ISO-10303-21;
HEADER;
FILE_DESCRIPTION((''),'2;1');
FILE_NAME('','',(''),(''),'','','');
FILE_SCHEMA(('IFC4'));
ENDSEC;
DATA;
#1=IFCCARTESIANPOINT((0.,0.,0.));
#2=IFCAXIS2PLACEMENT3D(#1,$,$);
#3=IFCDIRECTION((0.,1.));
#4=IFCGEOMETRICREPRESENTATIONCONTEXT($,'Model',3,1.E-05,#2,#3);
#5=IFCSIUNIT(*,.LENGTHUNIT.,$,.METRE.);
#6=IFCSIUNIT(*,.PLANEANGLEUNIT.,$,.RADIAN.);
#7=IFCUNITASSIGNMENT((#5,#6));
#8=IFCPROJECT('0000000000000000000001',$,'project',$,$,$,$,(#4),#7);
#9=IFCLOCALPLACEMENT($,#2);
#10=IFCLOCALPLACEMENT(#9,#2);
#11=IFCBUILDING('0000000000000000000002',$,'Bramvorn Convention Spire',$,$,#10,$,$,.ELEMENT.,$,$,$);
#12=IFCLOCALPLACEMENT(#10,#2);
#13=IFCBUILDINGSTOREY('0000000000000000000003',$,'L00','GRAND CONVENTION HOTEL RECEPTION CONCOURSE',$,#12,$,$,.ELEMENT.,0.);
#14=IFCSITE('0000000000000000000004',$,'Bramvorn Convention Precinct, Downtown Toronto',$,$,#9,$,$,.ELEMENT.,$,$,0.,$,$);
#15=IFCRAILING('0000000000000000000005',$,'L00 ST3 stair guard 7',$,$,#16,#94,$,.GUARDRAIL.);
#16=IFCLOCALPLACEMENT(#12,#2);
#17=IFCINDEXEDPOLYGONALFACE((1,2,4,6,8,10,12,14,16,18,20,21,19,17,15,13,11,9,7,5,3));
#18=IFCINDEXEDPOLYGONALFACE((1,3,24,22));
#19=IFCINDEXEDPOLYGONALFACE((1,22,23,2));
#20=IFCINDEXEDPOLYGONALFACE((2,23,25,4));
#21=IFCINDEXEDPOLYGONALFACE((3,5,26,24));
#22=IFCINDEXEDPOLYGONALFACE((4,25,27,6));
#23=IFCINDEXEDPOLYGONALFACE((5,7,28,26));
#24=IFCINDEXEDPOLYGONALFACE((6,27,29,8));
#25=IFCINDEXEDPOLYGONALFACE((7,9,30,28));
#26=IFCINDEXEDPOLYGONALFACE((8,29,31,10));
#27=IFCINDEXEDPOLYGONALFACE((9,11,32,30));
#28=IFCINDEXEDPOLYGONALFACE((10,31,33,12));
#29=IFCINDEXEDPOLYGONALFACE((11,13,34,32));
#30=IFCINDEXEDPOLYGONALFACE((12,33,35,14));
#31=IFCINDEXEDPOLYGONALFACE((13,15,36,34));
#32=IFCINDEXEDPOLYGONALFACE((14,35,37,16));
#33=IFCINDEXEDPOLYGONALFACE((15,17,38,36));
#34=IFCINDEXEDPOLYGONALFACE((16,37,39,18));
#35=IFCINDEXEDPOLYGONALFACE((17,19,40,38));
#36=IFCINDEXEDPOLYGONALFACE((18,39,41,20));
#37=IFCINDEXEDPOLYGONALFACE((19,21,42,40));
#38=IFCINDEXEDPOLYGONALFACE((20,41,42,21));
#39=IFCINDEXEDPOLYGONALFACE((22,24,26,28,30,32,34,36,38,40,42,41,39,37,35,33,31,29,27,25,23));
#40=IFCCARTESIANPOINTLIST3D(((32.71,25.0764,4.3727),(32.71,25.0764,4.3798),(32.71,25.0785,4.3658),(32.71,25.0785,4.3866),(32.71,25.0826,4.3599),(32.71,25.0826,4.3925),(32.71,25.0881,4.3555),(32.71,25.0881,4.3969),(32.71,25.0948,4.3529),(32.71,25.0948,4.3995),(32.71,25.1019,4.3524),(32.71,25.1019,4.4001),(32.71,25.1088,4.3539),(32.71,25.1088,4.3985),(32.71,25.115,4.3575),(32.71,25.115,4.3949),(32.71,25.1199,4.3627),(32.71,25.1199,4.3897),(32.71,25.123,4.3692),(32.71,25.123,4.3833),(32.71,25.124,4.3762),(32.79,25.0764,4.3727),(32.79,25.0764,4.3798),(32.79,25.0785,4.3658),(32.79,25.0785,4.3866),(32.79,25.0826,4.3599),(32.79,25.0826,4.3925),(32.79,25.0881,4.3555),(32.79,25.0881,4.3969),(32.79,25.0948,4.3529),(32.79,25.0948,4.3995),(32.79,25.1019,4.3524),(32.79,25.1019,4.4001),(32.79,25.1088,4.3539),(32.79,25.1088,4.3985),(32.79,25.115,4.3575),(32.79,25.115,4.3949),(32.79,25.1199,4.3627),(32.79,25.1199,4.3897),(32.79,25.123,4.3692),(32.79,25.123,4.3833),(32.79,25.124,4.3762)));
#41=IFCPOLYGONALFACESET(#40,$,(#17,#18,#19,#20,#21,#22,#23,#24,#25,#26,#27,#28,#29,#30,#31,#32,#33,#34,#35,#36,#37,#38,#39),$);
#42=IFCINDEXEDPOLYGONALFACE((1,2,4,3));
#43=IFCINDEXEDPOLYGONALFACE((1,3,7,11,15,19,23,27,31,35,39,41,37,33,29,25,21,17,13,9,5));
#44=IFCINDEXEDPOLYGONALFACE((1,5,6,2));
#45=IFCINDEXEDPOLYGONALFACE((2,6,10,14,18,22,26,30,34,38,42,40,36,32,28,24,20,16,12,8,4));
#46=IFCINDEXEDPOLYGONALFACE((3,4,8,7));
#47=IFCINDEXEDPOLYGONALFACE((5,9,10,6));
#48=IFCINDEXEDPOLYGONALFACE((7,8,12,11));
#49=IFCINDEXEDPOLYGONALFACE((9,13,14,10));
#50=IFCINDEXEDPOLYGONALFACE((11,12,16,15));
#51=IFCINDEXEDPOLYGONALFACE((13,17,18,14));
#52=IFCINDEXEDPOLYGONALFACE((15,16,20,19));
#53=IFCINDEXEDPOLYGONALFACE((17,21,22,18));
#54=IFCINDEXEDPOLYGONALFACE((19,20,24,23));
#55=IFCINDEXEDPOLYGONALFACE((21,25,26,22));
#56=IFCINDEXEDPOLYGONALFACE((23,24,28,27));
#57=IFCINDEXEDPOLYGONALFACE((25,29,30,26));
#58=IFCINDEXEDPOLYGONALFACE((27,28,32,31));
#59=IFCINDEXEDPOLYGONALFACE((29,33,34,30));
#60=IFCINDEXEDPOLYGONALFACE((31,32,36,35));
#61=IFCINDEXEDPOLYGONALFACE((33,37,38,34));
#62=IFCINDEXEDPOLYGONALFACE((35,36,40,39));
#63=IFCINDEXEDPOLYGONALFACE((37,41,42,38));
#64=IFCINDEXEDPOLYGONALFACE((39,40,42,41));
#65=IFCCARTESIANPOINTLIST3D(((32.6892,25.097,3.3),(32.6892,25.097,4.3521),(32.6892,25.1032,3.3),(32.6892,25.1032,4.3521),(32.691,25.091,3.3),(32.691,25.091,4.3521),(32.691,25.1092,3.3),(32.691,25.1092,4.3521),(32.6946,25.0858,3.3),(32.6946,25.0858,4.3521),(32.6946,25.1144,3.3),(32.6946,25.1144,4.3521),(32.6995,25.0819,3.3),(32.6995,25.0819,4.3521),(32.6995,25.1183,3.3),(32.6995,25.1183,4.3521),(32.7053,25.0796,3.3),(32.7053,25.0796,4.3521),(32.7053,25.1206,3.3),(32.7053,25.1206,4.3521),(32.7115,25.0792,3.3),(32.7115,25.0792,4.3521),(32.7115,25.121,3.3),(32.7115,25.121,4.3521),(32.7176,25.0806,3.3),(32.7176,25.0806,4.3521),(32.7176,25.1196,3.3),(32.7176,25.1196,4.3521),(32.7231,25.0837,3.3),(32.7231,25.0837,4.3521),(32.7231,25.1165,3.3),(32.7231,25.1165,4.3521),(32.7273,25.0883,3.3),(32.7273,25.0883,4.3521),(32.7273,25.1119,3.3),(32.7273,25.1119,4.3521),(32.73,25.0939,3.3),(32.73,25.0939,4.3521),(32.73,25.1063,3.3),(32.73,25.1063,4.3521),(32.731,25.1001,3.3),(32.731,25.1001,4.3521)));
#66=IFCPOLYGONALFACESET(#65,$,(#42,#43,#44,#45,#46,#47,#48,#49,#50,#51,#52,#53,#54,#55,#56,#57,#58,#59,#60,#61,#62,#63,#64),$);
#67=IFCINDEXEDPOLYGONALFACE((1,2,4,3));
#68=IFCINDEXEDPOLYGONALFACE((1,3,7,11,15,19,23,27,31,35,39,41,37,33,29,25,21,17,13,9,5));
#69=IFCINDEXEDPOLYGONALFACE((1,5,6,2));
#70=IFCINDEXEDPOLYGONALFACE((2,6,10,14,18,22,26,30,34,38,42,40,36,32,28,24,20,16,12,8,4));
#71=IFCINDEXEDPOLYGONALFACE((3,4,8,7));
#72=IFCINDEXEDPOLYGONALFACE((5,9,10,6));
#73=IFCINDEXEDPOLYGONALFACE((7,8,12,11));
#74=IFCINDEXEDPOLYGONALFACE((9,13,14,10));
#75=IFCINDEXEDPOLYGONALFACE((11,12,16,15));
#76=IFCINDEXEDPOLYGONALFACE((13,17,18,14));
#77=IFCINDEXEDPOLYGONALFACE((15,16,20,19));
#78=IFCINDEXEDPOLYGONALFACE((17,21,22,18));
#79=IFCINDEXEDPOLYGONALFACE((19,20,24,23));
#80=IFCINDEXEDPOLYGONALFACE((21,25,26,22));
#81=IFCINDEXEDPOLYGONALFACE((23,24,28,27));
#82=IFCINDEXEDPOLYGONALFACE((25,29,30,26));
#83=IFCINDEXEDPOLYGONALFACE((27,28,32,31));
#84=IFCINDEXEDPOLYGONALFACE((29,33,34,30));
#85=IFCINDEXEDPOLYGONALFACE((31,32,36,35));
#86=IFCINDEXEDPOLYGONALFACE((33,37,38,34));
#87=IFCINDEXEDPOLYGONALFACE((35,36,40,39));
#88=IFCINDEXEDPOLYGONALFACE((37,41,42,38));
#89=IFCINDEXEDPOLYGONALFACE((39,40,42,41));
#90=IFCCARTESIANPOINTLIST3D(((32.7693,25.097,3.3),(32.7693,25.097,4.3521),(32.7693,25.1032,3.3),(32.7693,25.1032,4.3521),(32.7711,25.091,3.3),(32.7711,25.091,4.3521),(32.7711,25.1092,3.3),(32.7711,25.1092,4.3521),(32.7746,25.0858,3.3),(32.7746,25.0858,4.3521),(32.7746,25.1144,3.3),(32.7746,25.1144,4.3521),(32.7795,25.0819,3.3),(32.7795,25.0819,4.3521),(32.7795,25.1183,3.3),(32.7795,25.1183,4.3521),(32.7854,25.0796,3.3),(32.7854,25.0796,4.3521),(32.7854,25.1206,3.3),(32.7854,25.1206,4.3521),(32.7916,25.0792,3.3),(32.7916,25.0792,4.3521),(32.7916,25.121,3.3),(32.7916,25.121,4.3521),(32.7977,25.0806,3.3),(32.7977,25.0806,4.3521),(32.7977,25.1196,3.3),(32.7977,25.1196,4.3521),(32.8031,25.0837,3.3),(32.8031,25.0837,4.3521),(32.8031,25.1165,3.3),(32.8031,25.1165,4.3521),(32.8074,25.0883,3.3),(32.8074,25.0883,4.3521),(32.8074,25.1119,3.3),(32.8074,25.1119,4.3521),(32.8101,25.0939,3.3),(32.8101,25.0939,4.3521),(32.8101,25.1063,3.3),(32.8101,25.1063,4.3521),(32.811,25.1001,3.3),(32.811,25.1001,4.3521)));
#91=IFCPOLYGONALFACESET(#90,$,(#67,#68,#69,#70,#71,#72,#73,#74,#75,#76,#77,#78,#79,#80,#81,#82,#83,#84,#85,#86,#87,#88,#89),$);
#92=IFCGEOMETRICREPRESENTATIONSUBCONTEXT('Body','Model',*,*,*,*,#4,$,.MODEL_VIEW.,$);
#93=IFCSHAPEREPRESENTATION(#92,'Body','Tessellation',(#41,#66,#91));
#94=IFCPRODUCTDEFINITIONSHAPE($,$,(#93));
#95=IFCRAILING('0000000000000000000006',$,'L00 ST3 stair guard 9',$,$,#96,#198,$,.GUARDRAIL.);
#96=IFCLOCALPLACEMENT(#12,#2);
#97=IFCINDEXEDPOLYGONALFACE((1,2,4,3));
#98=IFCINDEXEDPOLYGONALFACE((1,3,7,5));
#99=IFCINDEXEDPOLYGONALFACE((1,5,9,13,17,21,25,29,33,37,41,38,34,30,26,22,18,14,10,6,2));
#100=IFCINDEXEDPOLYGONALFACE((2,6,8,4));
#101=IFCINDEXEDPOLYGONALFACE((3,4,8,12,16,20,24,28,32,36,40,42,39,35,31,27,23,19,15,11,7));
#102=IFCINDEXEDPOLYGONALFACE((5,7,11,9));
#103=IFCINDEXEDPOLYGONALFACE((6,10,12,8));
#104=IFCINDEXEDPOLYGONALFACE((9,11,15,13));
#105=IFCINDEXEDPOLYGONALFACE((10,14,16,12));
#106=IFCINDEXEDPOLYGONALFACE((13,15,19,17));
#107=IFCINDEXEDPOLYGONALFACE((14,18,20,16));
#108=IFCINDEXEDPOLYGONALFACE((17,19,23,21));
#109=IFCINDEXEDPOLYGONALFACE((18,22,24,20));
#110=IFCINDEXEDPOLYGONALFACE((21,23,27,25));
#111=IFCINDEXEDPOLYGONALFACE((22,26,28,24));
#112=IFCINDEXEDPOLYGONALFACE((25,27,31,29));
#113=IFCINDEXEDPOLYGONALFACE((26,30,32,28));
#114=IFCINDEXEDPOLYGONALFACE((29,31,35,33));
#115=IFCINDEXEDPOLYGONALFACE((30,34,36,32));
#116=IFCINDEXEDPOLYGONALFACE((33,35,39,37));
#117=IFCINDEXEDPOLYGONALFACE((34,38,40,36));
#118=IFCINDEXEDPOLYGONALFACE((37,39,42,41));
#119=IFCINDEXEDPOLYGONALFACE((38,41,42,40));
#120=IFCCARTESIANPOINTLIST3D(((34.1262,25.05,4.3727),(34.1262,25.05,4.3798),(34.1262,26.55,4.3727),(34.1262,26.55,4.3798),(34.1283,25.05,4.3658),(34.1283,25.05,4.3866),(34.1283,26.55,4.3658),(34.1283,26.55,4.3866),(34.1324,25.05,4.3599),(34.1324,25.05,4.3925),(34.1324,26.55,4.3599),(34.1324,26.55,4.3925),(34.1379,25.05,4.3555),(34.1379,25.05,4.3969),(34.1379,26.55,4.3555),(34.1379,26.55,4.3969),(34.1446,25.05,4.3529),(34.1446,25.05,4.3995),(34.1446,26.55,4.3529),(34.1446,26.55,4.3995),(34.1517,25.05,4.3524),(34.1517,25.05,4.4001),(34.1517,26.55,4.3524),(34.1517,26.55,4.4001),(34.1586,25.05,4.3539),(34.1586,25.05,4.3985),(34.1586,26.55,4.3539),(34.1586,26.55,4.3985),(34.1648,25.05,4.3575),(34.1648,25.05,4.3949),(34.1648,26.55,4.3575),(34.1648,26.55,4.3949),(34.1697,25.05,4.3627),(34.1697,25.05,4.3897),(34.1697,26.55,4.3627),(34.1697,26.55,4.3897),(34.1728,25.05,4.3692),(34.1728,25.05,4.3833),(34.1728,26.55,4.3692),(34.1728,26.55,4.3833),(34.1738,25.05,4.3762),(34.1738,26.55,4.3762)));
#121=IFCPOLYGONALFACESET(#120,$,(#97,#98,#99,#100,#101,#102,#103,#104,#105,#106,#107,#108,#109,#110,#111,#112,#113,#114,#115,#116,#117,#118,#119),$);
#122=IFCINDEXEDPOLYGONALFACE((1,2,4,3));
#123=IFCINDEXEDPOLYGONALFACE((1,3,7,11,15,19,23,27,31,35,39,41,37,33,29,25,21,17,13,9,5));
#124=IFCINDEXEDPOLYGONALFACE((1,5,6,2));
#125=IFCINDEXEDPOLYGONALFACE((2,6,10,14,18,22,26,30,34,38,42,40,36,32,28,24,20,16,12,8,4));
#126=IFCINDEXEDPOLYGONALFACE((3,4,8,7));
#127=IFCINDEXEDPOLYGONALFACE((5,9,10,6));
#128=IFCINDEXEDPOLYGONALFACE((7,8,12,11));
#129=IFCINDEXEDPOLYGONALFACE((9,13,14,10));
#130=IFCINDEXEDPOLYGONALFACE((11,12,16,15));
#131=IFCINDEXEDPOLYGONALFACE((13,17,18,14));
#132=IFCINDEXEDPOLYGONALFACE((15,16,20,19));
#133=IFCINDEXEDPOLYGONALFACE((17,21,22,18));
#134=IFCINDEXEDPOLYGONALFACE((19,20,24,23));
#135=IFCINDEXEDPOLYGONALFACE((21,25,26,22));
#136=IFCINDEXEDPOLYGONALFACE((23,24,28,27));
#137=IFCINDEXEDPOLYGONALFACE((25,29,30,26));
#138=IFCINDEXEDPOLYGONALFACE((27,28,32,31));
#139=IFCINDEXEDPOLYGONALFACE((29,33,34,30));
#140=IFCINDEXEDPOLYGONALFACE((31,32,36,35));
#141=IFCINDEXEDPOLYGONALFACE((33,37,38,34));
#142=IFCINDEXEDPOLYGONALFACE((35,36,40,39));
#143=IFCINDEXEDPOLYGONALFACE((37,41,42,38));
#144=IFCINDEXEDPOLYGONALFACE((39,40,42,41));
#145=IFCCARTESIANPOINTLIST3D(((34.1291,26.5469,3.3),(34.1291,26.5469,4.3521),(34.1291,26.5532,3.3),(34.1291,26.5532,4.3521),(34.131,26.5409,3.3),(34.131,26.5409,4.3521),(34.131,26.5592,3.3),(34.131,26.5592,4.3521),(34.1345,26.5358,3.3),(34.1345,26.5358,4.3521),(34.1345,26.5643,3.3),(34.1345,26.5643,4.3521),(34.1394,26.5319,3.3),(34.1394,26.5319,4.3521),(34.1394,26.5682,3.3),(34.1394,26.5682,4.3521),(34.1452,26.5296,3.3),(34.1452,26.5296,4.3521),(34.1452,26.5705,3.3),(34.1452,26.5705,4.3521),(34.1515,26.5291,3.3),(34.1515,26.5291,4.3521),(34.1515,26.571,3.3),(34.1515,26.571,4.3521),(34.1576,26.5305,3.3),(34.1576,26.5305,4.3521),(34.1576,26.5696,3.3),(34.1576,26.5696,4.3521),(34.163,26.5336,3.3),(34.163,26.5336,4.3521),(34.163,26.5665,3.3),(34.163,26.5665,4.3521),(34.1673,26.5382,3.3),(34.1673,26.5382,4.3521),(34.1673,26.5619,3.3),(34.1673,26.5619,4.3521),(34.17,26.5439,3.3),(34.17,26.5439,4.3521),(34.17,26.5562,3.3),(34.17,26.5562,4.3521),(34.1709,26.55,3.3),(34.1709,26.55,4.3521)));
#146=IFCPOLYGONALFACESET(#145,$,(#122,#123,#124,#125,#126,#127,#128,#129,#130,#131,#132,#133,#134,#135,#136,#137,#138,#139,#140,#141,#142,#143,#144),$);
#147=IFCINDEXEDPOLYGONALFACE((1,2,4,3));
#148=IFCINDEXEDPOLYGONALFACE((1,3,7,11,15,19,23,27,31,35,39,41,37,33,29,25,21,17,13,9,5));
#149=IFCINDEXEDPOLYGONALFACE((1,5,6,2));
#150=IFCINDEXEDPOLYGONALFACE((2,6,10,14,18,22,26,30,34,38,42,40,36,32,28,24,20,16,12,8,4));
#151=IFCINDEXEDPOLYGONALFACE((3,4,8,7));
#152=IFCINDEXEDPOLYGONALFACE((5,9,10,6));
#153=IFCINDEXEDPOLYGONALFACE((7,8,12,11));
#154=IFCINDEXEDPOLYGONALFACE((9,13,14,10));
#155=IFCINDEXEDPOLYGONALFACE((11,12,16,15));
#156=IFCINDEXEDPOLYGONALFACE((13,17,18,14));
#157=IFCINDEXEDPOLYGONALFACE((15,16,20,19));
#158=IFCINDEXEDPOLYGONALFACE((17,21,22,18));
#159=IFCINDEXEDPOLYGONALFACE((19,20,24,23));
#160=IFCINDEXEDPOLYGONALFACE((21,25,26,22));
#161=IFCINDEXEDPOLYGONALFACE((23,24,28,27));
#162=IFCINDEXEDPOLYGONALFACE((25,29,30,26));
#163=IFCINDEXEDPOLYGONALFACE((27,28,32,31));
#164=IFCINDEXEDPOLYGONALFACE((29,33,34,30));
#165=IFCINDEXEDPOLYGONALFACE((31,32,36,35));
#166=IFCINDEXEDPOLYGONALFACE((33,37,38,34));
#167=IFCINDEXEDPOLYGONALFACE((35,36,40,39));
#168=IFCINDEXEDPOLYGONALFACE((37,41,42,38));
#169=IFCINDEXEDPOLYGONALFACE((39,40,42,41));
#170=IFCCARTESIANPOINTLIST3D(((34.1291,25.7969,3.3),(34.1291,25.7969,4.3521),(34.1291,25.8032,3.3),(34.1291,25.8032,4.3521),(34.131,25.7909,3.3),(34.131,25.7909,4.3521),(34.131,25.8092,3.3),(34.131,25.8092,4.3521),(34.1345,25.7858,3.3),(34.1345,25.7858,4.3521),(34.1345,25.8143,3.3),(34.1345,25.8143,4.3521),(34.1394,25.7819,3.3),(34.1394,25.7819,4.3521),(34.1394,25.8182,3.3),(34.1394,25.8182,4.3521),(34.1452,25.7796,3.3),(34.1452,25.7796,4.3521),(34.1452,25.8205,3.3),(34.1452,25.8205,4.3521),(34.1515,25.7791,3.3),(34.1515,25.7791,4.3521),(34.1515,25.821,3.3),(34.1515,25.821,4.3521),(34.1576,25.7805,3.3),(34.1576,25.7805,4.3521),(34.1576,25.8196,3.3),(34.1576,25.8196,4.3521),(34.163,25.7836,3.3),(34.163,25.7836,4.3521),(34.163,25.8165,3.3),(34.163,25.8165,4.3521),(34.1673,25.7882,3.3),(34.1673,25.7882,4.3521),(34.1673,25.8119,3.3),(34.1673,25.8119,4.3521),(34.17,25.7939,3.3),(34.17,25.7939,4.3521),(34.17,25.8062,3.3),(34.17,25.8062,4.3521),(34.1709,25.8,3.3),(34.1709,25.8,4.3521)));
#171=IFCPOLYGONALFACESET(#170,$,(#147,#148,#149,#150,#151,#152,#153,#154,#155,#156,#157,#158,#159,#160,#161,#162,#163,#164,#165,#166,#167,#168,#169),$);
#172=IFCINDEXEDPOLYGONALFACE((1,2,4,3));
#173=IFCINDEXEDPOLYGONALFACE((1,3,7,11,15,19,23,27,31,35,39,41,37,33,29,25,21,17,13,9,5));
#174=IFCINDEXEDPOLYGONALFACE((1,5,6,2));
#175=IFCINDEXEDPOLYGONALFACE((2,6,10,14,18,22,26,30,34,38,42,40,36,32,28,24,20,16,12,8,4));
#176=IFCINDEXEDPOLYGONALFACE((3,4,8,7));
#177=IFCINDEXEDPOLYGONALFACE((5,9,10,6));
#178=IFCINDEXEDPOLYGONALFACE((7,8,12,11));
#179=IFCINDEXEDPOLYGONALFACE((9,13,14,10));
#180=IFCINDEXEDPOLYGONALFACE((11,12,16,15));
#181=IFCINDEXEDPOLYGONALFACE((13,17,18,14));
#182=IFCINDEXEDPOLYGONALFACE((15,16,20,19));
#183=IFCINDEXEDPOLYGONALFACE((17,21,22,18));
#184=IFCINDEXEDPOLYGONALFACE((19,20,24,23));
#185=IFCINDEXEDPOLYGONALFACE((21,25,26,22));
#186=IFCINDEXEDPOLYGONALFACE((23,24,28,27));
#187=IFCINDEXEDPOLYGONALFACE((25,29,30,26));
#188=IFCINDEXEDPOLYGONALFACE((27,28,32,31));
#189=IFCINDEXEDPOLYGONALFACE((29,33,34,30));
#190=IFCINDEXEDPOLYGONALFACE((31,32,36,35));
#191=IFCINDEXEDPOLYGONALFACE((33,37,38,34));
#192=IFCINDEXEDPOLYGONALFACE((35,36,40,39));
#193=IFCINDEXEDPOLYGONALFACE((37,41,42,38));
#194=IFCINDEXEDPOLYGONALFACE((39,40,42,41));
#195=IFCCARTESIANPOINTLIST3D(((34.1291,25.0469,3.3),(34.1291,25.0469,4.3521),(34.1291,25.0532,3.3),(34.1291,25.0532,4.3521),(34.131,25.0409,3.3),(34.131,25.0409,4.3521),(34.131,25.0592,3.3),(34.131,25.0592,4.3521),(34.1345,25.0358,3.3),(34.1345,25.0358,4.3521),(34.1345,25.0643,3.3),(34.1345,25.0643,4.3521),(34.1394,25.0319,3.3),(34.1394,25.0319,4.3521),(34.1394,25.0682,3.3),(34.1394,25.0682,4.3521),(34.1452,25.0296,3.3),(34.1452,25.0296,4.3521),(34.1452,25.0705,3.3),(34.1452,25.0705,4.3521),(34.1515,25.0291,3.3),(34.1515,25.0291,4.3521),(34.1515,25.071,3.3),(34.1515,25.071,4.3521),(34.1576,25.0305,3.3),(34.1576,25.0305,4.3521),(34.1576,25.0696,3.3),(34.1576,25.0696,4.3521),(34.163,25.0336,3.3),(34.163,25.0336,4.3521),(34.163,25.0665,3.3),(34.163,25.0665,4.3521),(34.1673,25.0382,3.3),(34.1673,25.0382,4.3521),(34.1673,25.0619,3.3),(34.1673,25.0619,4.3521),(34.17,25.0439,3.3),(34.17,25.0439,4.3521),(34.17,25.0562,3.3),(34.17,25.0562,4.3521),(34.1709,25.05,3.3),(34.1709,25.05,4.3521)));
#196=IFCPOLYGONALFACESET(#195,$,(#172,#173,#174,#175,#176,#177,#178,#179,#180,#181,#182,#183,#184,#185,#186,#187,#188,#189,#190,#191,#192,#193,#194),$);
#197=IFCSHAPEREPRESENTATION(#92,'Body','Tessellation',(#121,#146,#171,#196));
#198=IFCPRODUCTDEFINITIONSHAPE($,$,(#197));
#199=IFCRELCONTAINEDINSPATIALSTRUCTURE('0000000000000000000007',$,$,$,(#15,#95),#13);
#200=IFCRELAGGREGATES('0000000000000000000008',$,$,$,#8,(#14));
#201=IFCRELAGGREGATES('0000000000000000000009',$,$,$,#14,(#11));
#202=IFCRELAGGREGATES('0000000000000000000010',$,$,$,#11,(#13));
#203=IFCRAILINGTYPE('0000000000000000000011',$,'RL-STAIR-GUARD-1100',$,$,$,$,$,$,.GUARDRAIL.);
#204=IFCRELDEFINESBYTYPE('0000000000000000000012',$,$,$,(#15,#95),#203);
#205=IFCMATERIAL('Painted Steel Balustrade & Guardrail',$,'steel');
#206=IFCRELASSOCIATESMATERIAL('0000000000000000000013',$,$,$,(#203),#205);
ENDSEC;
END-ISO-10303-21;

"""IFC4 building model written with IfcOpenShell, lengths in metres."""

from ifc_helpers import new_model, si_unit, direction, frame, origin, origin_2d, place, context, subcontext, project, spatial, circle, extrude, material, type_object, element, save


model = new_model("IFC4")

# Units and contexts
model_context = context("Model", 3, precision=1e-05, world=origin(), true_north=direction((0.0, 1.0)))
body_context = subcontext(model_context, "Body", "Model", "MODEL_VIEW")
ifc_project = project(units=[si_unit("LENGTHUNIT", "METRE"), si_unit("PLANEANGLEUNIT", "RADIAN")], contexts=[model_context])

# Site, building, storey
site_placement = place(None, origin())
site = spatial("IfcSite", under=ifc_project, at=site_placement, Name="Bramvorn Convention Precinct, Downtown Toronto", CompositionType="ELEMENT", RefElevation=0.0)
building_placement = place(site_placement, origin())
building = spatial("IfcBuilding", under=site, at=building_placement, Name="Bramvorn Convention Spire", CompositionType="ELEMENT")
storey_placement = place(building_placement, origin())
storey = spatial("IfcBuildingStorey", under=building, at=storey_placement, Name="L00", Description="GRAND CONVENTION HOTEL RECEPTION CONCOURSE", CompositionType="ELEMENT", Elevation=0.0)

# Railings
ifc_material_1 = material(Name="Painted Steel Balustrade & Guardrail", Category="steel")
railing_type = type_object("IfcRailingType", Name="RL-STAIR-GUARD-1100", PredefinedType="GUARDRAIL", material=ifc_material_1)
railing_1_placement = place(storey_placement, frame((32.71, 25.1001, 3.3)))
element("IfcRailing", 1, at=railing_1_placement, inside=storey, type_object=railing_type, Name="L00 ST3 stair guard 7", PredefinedType="GUARDRAIL", context=body_context, shape_type="SweptSolid", body=[
    extrude(circle(Radius=0.0239, at=origin_2d()), frame((0.0, 0.0, 1.0762), z_axis=(1.0, 0.0, 0.0), x_axis=(0.0, 1.0, 0.0)), (0.0, 0.0, 1.0), 0.0801),
    extrude(circle(Radius=0.021, at=origin_2d()), origin(), (0.0, 0.0, 1.0), 1.052),
    extrude(circle(Radius=0.021, at=origin_2d()), frame((0.0801, 0.0, 0.0)), (0.0, 0.0, 1.0), 1.052),
])
railing_2_placement = place(storey_placement, frame((34.1499, 26.55, 3.3)))
element("IfcRailing", 2, at=railing_2_placement, inside=storey, type_object=railing_type, Name="L00 ST3 stair guard 9", PredefinedType="GUARDRAIL", context=body_context, shape_type="SweptSolid", body=[
    extrude(circle(Radius=0.0239, at=origin_2d()), frame((0.0, 0.0, 1.0762), z_axis=(0.0, -1.0, 0.0), x_axis=(1.0, 0.0, 0.0)), (0.0, 0.0, 1.0), 1.5),
    extrude(circle(Radius=0.021, at=origin_2d()), origin(), (0.0, 0.0, 1.0), 1.052),
    extrude(circle(Radius=0.021, at=origin_2d()), frame((0.0, -0.75, 0.0)), (0.0, 0.0, 1.0), 1.052),
    extrude(circle(Radius=0.021, at=origin_2d()), frame((0.0, -1.5, 0.0)), (0.0, 0.0, 1.0), 1.052),
])

save(model, "model.ifc")
